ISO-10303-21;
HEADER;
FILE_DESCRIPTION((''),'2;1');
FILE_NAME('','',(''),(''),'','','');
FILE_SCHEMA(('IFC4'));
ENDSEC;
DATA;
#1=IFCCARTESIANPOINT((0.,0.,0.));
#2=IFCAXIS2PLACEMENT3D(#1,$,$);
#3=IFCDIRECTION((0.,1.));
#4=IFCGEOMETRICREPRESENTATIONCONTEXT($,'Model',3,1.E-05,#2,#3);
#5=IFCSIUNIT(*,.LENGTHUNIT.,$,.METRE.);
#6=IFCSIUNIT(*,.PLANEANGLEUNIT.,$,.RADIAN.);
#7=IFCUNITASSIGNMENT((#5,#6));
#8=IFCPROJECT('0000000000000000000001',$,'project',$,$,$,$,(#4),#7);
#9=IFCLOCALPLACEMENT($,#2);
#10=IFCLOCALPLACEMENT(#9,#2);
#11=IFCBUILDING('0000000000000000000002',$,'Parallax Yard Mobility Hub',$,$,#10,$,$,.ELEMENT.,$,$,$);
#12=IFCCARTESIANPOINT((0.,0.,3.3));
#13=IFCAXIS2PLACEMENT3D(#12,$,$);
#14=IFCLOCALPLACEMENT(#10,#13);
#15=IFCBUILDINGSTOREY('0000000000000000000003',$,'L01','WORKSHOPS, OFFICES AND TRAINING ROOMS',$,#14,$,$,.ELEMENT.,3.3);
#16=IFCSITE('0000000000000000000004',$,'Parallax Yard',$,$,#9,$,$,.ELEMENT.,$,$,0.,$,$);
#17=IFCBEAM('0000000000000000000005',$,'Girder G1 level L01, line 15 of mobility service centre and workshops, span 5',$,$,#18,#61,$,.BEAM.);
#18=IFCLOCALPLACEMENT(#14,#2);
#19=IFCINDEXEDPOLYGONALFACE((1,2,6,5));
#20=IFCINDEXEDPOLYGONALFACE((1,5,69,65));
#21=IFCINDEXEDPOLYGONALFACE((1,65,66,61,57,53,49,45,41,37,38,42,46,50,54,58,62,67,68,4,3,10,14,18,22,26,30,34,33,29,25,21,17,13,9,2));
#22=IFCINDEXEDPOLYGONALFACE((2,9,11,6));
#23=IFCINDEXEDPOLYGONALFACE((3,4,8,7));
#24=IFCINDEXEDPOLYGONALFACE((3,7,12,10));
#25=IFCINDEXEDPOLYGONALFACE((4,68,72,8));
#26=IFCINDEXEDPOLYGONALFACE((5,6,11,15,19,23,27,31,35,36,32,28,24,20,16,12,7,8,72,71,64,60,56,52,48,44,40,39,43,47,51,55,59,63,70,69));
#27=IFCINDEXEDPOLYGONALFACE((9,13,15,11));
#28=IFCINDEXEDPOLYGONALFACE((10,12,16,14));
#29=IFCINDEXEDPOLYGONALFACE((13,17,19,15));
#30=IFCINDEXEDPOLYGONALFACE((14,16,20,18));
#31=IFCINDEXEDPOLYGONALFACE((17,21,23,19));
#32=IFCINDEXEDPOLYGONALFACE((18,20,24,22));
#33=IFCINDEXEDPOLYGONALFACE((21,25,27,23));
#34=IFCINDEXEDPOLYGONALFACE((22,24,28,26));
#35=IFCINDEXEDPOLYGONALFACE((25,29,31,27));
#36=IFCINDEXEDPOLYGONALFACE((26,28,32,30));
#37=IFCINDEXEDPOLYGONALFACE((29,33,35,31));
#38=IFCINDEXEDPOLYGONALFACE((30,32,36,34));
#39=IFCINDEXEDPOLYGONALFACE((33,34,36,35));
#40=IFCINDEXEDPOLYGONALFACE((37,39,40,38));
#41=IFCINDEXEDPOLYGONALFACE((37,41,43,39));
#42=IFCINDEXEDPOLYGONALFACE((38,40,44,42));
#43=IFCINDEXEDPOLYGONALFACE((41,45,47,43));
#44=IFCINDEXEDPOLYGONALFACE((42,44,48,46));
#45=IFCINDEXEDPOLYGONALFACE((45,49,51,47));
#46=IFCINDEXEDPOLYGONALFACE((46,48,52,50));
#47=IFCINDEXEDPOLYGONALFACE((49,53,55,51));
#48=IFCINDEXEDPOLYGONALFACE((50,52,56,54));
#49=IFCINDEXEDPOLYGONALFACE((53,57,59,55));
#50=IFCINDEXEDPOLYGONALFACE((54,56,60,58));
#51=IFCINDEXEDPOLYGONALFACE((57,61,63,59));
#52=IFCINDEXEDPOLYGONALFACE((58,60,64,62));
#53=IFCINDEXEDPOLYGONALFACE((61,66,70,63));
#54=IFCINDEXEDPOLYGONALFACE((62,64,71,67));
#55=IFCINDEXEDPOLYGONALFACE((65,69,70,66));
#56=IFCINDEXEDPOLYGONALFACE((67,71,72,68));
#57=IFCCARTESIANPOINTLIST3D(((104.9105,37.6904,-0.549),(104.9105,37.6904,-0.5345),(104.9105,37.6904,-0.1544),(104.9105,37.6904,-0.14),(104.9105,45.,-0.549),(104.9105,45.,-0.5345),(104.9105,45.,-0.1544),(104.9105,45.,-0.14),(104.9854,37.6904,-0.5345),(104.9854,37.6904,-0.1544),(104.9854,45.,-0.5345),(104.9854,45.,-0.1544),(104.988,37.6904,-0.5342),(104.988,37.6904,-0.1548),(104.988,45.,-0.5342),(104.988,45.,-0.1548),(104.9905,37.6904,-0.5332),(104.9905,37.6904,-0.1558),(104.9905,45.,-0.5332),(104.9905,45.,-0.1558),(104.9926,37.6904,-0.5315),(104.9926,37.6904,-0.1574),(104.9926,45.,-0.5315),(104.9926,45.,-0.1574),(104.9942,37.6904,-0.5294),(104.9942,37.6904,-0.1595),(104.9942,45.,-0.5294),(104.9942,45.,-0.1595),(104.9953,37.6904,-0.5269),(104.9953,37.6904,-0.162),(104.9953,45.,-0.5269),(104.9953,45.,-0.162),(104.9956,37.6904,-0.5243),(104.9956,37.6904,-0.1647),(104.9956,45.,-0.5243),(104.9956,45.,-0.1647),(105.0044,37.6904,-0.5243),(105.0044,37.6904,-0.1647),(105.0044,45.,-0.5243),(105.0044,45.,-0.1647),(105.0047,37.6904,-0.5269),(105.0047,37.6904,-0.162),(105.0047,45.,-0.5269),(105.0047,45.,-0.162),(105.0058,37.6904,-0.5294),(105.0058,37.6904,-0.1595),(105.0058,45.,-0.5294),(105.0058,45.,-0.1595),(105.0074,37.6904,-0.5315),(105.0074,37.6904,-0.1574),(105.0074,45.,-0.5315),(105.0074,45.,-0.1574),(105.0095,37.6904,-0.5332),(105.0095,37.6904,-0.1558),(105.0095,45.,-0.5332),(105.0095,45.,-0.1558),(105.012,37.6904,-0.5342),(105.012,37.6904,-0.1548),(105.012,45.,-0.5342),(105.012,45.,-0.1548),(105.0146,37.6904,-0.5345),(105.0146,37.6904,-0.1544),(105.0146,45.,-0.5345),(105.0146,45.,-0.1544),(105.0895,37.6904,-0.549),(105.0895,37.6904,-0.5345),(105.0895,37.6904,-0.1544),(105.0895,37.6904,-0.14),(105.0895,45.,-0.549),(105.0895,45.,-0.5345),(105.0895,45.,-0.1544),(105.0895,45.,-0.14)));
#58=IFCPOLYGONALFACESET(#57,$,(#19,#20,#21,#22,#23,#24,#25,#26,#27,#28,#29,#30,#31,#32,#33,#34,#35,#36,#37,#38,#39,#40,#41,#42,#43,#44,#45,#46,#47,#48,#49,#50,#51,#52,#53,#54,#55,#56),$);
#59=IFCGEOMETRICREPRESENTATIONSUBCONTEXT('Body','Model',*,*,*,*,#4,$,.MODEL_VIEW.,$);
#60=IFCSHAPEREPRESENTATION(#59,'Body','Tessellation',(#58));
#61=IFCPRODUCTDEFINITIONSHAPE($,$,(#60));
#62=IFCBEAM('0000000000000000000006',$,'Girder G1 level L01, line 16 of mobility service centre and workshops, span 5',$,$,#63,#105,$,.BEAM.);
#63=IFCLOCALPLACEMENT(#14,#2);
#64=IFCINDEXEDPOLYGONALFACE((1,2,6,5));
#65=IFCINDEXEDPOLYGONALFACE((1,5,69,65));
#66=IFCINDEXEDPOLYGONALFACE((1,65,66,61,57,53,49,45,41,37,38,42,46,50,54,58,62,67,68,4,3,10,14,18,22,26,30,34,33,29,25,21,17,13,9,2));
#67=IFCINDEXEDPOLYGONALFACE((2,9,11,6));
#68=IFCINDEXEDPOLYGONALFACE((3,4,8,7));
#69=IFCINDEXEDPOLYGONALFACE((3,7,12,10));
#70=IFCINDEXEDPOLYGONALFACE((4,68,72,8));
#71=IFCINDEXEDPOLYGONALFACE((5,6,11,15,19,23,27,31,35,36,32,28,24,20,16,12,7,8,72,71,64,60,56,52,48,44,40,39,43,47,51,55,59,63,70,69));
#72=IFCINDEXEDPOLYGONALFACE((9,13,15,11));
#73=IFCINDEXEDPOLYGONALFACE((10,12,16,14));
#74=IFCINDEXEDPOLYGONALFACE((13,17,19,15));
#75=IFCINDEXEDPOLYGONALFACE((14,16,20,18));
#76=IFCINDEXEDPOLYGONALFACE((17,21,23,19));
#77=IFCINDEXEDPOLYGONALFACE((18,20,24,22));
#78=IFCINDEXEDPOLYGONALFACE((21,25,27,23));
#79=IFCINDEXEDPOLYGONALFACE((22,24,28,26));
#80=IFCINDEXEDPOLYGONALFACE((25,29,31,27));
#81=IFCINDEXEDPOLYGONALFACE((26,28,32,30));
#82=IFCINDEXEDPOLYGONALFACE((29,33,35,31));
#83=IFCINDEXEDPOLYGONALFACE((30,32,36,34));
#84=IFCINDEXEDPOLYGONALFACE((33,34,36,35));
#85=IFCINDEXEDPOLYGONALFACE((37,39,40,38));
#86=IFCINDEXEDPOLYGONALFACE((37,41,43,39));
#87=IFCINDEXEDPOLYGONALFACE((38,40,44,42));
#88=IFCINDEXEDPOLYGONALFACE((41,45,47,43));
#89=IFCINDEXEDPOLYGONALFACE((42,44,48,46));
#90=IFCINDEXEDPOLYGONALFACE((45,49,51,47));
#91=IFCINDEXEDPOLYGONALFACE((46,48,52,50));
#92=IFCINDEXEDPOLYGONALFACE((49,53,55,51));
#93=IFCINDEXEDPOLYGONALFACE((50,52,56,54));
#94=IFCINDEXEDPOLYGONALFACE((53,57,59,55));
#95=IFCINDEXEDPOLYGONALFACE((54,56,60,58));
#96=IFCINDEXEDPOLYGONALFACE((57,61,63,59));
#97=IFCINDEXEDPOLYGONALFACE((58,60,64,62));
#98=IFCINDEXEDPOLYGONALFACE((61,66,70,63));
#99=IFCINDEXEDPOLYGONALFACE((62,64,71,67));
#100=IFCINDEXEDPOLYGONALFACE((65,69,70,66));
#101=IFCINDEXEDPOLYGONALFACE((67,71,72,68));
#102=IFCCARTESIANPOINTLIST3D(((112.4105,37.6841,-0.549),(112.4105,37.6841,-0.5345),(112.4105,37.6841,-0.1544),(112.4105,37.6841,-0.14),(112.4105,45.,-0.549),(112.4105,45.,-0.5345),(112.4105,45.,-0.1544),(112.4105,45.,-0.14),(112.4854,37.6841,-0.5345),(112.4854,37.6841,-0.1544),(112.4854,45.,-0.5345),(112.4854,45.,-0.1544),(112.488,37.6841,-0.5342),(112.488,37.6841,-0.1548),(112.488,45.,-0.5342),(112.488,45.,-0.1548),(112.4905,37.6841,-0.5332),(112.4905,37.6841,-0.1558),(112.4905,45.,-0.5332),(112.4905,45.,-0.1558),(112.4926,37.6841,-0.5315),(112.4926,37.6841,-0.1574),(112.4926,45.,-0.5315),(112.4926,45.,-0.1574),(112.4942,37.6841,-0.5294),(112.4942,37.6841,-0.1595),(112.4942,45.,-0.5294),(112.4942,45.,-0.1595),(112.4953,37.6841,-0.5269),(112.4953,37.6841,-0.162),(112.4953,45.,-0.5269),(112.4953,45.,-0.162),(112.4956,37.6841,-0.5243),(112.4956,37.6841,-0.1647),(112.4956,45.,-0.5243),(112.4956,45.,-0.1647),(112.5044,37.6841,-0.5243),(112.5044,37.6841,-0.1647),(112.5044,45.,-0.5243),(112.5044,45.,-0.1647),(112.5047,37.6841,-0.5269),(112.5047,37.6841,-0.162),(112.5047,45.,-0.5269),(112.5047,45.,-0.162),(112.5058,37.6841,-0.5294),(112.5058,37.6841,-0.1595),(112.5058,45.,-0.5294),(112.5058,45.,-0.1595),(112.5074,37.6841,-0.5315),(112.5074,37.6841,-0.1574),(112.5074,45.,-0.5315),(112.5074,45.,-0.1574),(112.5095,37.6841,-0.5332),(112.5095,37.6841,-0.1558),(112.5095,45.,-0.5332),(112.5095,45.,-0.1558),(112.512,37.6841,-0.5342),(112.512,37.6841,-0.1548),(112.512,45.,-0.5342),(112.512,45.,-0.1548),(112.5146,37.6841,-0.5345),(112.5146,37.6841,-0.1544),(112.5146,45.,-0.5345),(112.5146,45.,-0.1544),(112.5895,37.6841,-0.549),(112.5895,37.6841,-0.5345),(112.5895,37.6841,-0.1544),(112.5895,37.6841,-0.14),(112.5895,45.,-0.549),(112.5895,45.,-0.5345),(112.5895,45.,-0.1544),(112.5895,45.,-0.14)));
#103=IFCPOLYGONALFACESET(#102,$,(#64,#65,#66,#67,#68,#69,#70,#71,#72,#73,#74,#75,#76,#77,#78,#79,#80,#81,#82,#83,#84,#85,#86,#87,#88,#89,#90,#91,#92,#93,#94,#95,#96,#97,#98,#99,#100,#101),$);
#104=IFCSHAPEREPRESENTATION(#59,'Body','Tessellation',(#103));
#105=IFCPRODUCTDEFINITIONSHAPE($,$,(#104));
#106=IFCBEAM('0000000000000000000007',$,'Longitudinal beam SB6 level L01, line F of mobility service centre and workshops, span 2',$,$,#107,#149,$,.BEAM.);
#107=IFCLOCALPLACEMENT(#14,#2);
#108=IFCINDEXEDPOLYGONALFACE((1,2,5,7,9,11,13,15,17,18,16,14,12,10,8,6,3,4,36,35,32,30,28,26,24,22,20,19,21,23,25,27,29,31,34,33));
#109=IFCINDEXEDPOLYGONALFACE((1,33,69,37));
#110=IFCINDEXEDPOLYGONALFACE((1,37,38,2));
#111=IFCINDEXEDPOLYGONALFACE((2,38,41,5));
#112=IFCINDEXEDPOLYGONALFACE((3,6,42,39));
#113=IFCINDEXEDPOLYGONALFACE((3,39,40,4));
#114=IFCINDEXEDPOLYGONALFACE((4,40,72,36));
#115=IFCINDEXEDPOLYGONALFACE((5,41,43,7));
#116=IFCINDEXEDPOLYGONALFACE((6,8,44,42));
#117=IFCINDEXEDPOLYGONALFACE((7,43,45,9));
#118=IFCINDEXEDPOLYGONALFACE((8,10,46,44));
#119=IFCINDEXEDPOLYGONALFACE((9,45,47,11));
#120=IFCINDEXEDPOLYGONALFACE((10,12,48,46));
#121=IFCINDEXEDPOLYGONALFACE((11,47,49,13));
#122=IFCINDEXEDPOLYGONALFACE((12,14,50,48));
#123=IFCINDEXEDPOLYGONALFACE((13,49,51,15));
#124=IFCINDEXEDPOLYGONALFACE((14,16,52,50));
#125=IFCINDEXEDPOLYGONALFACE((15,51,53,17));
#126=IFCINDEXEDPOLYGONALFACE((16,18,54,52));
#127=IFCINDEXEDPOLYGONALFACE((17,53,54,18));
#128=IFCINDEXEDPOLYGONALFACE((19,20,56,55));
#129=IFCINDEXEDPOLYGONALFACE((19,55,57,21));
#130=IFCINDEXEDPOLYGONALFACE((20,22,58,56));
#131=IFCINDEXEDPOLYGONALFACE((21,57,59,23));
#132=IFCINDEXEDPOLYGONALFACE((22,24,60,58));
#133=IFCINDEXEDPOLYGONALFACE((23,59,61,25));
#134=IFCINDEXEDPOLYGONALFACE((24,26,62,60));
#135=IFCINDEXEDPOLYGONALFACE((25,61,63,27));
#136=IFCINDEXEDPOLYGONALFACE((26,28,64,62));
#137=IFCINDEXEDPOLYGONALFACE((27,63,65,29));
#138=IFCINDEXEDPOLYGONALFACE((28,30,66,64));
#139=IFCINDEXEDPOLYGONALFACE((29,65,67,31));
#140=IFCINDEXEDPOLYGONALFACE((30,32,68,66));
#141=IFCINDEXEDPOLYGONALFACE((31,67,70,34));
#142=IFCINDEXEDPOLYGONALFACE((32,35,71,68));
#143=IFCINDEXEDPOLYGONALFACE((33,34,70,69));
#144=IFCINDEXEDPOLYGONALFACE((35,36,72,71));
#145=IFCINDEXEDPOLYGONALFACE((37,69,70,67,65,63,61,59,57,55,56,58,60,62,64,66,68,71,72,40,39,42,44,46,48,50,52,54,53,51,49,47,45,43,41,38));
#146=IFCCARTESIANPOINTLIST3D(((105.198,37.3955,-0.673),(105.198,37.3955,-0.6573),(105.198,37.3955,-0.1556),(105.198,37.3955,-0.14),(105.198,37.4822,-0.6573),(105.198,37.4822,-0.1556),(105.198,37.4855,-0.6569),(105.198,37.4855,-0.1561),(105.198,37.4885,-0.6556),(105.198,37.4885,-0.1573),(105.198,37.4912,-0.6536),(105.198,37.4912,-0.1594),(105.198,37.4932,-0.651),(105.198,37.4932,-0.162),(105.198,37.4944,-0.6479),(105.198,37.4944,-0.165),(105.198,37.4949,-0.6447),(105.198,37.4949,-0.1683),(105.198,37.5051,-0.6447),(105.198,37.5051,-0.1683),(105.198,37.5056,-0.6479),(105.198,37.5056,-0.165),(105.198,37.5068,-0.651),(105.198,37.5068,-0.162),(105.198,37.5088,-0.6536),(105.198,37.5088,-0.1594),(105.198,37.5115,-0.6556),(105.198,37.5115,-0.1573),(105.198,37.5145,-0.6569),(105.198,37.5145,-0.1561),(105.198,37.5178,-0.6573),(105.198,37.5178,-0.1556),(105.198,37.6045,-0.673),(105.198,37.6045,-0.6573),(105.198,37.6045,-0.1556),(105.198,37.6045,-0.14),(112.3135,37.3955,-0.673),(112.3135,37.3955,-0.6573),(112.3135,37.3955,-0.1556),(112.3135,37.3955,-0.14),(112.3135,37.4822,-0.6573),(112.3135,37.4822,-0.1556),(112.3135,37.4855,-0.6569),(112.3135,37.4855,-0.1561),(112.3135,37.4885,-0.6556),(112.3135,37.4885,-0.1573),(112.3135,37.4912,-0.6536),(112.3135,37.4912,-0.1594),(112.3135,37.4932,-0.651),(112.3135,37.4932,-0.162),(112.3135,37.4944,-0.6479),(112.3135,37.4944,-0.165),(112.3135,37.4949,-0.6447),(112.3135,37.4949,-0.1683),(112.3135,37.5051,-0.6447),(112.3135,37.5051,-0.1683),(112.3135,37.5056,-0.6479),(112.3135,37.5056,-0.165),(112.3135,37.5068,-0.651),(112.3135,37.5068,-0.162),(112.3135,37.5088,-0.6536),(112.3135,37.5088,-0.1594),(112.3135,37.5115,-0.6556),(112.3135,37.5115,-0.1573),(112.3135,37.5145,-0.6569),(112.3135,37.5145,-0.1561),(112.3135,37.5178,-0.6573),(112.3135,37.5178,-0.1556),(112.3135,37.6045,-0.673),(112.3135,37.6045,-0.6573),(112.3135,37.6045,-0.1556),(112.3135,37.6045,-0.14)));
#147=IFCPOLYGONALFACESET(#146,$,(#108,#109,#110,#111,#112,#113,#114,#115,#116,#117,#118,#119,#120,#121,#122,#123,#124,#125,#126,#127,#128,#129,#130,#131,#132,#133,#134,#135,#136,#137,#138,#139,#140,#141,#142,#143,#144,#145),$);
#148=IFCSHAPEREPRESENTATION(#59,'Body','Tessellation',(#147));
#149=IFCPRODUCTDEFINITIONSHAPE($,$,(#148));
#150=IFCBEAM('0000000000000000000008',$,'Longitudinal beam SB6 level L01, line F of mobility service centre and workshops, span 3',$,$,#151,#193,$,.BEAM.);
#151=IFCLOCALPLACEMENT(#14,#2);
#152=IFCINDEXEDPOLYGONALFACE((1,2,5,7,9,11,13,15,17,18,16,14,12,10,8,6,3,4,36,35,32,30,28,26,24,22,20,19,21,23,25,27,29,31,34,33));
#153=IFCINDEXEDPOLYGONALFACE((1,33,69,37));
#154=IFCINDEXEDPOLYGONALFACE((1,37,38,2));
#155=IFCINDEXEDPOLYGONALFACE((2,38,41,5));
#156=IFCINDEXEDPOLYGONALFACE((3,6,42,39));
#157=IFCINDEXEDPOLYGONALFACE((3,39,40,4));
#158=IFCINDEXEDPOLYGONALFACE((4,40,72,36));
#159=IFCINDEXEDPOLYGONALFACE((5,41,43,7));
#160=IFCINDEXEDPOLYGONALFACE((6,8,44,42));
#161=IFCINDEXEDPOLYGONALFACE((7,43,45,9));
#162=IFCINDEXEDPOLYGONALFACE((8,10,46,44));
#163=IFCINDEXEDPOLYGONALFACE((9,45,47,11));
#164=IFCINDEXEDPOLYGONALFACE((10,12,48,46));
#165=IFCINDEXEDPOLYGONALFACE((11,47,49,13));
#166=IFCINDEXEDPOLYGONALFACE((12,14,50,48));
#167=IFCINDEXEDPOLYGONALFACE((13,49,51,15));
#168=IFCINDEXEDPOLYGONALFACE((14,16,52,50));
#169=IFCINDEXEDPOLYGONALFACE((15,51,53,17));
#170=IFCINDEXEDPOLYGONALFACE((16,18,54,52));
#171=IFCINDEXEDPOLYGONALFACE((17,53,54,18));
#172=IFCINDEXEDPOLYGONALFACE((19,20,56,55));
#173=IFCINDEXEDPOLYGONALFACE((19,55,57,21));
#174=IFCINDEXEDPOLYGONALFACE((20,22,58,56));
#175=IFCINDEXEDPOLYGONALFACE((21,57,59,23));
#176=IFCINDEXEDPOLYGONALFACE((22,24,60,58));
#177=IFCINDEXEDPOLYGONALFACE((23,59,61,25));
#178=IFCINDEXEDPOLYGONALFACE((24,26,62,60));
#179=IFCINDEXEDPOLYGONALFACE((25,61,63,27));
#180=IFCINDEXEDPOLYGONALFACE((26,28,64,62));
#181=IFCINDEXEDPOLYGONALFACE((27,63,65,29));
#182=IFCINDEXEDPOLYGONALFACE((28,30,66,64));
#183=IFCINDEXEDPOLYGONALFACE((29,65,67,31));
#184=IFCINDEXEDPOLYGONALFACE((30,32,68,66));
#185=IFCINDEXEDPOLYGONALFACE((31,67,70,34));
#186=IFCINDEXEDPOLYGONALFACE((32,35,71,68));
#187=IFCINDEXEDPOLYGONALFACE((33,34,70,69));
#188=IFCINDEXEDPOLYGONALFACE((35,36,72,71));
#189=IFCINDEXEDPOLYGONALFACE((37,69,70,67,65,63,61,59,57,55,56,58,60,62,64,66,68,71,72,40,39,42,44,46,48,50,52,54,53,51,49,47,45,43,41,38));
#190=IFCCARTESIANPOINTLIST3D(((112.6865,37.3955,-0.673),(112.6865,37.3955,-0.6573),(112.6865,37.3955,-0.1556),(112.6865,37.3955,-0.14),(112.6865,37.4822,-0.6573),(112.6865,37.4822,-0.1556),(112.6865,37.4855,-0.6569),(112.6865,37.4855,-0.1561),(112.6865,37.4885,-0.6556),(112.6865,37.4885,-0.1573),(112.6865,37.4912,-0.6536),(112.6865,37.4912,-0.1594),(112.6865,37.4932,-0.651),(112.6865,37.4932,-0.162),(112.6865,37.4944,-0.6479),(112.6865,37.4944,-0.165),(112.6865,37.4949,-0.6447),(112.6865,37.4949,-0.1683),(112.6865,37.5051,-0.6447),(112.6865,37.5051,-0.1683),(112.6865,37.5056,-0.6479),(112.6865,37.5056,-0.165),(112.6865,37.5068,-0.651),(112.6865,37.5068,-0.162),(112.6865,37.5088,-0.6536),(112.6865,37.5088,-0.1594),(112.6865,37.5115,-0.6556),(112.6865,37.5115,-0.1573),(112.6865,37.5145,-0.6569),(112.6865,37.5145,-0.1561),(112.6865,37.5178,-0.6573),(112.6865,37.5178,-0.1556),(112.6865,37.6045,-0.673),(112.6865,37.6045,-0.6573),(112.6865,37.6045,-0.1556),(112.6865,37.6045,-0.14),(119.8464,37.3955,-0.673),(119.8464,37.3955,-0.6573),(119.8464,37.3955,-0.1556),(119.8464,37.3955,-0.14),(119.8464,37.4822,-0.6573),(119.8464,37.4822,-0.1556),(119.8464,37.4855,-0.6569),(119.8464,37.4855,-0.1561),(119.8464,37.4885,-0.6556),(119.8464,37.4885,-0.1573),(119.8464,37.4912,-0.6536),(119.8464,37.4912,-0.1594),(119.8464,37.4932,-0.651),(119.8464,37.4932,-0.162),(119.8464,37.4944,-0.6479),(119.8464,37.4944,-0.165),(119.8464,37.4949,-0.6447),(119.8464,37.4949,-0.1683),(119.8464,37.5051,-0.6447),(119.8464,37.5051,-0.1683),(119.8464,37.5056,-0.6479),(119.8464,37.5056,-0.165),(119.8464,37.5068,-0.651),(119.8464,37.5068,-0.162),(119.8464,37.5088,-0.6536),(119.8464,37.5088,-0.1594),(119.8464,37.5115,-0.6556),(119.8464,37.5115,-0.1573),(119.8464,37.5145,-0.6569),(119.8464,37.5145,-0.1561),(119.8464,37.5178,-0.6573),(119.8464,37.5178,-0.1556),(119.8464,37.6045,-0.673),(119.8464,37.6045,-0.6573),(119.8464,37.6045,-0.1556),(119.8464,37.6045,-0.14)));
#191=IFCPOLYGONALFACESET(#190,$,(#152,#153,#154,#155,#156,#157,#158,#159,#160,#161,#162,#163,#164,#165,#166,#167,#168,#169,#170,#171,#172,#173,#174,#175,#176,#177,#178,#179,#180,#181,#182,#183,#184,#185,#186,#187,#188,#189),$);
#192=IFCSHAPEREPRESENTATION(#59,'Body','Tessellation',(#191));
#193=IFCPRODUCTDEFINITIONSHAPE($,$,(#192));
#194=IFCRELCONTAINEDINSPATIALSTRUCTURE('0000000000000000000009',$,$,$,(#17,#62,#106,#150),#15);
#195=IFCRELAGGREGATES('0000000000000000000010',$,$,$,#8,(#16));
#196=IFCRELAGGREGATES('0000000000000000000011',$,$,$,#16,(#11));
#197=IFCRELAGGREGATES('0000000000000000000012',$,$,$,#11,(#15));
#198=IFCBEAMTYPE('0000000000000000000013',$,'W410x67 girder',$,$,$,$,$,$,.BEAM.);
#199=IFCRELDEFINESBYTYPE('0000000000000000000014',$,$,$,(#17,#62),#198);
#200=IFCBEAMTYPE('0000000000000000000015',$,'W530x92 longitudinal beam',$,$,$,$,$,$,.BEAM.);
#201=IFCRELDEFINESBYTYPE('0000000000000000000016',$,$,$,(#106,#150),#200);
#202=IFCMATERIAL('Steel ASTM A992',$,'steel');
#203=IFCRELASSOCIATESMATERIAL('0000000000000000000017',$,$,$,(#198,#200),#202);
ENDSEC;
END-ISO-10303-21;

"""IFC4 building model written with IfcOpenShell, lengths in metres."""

from ifc_helpers import new_model, si_unit, direction, frame, origin, origin_2d, place, context, subcontext, project, spatial, i_section, extrude, material, material_profile, profile_set, type_object, element, save


model = new_model("IFC4")

# Units and contexts
model_context = context("Model", 3, precision=1e-05, world=origin(), true_north=direction((0.0, 1.0)))
body_context = subcontext(model_context, "Body", "Model", "MODEL_VIEW")
ifc_project = project(units=[si_unit("LENGTHUNIT", "METRE"), si_unit("PLANEANGLEUNIT", "RADIAN")], contexts=[model_context])

# Site, building, storey
site_placement = place(None, origin())
site = spatial("IfcSite", under=ifc_project, at=site_placement, Name="Parallax Yard", CompositionType="ELEMENT", RefElevation=0.0)
building_placement = place(site_placement, origin())
building = spatial("IfcBuilding", under=site, at=building_placement, Name="Parallax Yard Mobility Hub", CompositionType="ELEMENT")
storey_placement = place(building_placement, frame((0.0, 0.0, 3.3)))
storey = spatial("IfcBuildingStorey", under=building, at=storey_placement, Name="L01", Description="WORKSHOPS, OFFICES AND TRAINING ROOMS", CompositionType="ELEMENT", Elevation=3.3)

# Shared definitions
ifc_material_1 = material(Name="Steel ASTM A992", Category="steel")

# Beams
ifc_material_profile_1 = material_profile(ifc_material_1, i_section(OverallWidth=0.179, OverallDepth=0.4089, WebThickness=0.0088, FlangeThickness=0.0144, FilletRadius=0.0103, at=origin_2d()), Name="W410x67")
ifc_profile_set_1 = profile_set([ifc_material_profile_1], Name="Steel ASTM A992")
beam_type_1 = type_object("IfcBeamType", Name="W410x67 girder", PredefinedType="BEAM", material=ifc_profile_set_1)
beam_1_placement = place(storey_placement, frame((105.0, 37.6904, -0.3445), z_axis=(0.0, 1.0, 0.0), x_axis=(-1.0, 0.0, 0.0)))
element("IfcBeam", 1, at=beam_1_placement, inside=storey, type_object=beam_type_1, Name="Girder G1 level L01, line 15 of mobility service centre and workshops, span 5", PredefinedType="BEAM", context=body_context, shape_type="SweptSolid", body=[
    extrude(i_section(OverallWidth=0.179, OverallDepth=0.4089, WebThickness=0.0088, FlangeThickness=0.0144, FilletRadius=0.0103, at=origin_2d()), origin(), (0.0, 0.0, 1.0), 7.3096),
])
beam_2_placement = place(storey_placement, frame((112.5, 37.6841, -0.3445), z_axis=(0.0, 1.0, 0.0), x_axis=(-1.0, 0.0, 0.0)))
element("IfcBeam", 2, at=beam_2_placement, inside=storey, type_object=beam_type_1, Name="Girder G1 level L01, line 16 of mobility service centre and workshops, span 5", PredefinedType="BEAM", context=body_context, shape_type="SweptSolid", body=[
    extrude(i_section(OverallWidth=0.179, OverallDepth=0.4089, WebThickness=0.0088, FlangeThickness=0.0144, FilletRadius=0.0103, at=origin_2d()), origin(), (0.0, 0.0, 1.0), 7.3159),
])
ifc_material_profile_2 = material_profile(ifc_material_1, i_section(OverallWidth=0.209, OverallDepth=0.533, WebThickness=0.0103, FlangeThickness=0.0156, FilletRadius=0.0127, at=origin_2d()), Name="W530x92")
ifc_profile_set_2 = profile_set([ifc_material_profile_2], Name="Steel ASTM A992")
beam_type_2 = type_object("IfcBeamType", Name="W530x92 longitudinal beam", PredefinedType="BEAM", material=ifc_profile_set_2)
beam_3_placement = place(storey_placement, frame((105.198, 37.5, -0.4065), z_axis=(1.0, 0.0, 0.0), x_axis=(0.0, 1.0, 0.0)))
element("IfcBeam", 3, at=beam_3_placement, inside=storey, type_object=beam_type_2, Name="Longitudinal beam SB6 level L01, line F of mobility service centre and workshops, span 2", PredefinedType="BEAM", context=body_context, shape_type="SweptSolid", body=[
    extrude(i_section(OverallWidth=0.209, OverallDepth=0.533, WebThickness=0.0103, FlangeThickness=0.0156, FilletRadius=0.0127, at=origin_2d()), origin(), (0.0, 0.0, 1.0), 7.1155),
])
beam_4_placement = place(storey_placement, frame((112.6865, 37.5, -0.4065), z_axis=(1.0, 0.0, 0.0), x_axis=(0.0, 1.0, 0.0)))
element("IfcBeam", 4, at=beam_4_placement, inside=storey, type_object=beam_type_2, Name="Longitudinal beam SB6 level L01, line F of mobility service centre and workshops, span 3", PredefinedType="BEAM", context=body_context, shape_type="SweptSolid", body=[
    extrude(i_section(OverallWidth=0.209, OverallDepth=0.533, WebThickness=0.0103, FlangeThickness=0.0156, FilletRadius=0.0127, at=origin_2d()), origin(), (0.0, 0.0, 1.0), 7.1599),
])

save(model, "model.ifc")
